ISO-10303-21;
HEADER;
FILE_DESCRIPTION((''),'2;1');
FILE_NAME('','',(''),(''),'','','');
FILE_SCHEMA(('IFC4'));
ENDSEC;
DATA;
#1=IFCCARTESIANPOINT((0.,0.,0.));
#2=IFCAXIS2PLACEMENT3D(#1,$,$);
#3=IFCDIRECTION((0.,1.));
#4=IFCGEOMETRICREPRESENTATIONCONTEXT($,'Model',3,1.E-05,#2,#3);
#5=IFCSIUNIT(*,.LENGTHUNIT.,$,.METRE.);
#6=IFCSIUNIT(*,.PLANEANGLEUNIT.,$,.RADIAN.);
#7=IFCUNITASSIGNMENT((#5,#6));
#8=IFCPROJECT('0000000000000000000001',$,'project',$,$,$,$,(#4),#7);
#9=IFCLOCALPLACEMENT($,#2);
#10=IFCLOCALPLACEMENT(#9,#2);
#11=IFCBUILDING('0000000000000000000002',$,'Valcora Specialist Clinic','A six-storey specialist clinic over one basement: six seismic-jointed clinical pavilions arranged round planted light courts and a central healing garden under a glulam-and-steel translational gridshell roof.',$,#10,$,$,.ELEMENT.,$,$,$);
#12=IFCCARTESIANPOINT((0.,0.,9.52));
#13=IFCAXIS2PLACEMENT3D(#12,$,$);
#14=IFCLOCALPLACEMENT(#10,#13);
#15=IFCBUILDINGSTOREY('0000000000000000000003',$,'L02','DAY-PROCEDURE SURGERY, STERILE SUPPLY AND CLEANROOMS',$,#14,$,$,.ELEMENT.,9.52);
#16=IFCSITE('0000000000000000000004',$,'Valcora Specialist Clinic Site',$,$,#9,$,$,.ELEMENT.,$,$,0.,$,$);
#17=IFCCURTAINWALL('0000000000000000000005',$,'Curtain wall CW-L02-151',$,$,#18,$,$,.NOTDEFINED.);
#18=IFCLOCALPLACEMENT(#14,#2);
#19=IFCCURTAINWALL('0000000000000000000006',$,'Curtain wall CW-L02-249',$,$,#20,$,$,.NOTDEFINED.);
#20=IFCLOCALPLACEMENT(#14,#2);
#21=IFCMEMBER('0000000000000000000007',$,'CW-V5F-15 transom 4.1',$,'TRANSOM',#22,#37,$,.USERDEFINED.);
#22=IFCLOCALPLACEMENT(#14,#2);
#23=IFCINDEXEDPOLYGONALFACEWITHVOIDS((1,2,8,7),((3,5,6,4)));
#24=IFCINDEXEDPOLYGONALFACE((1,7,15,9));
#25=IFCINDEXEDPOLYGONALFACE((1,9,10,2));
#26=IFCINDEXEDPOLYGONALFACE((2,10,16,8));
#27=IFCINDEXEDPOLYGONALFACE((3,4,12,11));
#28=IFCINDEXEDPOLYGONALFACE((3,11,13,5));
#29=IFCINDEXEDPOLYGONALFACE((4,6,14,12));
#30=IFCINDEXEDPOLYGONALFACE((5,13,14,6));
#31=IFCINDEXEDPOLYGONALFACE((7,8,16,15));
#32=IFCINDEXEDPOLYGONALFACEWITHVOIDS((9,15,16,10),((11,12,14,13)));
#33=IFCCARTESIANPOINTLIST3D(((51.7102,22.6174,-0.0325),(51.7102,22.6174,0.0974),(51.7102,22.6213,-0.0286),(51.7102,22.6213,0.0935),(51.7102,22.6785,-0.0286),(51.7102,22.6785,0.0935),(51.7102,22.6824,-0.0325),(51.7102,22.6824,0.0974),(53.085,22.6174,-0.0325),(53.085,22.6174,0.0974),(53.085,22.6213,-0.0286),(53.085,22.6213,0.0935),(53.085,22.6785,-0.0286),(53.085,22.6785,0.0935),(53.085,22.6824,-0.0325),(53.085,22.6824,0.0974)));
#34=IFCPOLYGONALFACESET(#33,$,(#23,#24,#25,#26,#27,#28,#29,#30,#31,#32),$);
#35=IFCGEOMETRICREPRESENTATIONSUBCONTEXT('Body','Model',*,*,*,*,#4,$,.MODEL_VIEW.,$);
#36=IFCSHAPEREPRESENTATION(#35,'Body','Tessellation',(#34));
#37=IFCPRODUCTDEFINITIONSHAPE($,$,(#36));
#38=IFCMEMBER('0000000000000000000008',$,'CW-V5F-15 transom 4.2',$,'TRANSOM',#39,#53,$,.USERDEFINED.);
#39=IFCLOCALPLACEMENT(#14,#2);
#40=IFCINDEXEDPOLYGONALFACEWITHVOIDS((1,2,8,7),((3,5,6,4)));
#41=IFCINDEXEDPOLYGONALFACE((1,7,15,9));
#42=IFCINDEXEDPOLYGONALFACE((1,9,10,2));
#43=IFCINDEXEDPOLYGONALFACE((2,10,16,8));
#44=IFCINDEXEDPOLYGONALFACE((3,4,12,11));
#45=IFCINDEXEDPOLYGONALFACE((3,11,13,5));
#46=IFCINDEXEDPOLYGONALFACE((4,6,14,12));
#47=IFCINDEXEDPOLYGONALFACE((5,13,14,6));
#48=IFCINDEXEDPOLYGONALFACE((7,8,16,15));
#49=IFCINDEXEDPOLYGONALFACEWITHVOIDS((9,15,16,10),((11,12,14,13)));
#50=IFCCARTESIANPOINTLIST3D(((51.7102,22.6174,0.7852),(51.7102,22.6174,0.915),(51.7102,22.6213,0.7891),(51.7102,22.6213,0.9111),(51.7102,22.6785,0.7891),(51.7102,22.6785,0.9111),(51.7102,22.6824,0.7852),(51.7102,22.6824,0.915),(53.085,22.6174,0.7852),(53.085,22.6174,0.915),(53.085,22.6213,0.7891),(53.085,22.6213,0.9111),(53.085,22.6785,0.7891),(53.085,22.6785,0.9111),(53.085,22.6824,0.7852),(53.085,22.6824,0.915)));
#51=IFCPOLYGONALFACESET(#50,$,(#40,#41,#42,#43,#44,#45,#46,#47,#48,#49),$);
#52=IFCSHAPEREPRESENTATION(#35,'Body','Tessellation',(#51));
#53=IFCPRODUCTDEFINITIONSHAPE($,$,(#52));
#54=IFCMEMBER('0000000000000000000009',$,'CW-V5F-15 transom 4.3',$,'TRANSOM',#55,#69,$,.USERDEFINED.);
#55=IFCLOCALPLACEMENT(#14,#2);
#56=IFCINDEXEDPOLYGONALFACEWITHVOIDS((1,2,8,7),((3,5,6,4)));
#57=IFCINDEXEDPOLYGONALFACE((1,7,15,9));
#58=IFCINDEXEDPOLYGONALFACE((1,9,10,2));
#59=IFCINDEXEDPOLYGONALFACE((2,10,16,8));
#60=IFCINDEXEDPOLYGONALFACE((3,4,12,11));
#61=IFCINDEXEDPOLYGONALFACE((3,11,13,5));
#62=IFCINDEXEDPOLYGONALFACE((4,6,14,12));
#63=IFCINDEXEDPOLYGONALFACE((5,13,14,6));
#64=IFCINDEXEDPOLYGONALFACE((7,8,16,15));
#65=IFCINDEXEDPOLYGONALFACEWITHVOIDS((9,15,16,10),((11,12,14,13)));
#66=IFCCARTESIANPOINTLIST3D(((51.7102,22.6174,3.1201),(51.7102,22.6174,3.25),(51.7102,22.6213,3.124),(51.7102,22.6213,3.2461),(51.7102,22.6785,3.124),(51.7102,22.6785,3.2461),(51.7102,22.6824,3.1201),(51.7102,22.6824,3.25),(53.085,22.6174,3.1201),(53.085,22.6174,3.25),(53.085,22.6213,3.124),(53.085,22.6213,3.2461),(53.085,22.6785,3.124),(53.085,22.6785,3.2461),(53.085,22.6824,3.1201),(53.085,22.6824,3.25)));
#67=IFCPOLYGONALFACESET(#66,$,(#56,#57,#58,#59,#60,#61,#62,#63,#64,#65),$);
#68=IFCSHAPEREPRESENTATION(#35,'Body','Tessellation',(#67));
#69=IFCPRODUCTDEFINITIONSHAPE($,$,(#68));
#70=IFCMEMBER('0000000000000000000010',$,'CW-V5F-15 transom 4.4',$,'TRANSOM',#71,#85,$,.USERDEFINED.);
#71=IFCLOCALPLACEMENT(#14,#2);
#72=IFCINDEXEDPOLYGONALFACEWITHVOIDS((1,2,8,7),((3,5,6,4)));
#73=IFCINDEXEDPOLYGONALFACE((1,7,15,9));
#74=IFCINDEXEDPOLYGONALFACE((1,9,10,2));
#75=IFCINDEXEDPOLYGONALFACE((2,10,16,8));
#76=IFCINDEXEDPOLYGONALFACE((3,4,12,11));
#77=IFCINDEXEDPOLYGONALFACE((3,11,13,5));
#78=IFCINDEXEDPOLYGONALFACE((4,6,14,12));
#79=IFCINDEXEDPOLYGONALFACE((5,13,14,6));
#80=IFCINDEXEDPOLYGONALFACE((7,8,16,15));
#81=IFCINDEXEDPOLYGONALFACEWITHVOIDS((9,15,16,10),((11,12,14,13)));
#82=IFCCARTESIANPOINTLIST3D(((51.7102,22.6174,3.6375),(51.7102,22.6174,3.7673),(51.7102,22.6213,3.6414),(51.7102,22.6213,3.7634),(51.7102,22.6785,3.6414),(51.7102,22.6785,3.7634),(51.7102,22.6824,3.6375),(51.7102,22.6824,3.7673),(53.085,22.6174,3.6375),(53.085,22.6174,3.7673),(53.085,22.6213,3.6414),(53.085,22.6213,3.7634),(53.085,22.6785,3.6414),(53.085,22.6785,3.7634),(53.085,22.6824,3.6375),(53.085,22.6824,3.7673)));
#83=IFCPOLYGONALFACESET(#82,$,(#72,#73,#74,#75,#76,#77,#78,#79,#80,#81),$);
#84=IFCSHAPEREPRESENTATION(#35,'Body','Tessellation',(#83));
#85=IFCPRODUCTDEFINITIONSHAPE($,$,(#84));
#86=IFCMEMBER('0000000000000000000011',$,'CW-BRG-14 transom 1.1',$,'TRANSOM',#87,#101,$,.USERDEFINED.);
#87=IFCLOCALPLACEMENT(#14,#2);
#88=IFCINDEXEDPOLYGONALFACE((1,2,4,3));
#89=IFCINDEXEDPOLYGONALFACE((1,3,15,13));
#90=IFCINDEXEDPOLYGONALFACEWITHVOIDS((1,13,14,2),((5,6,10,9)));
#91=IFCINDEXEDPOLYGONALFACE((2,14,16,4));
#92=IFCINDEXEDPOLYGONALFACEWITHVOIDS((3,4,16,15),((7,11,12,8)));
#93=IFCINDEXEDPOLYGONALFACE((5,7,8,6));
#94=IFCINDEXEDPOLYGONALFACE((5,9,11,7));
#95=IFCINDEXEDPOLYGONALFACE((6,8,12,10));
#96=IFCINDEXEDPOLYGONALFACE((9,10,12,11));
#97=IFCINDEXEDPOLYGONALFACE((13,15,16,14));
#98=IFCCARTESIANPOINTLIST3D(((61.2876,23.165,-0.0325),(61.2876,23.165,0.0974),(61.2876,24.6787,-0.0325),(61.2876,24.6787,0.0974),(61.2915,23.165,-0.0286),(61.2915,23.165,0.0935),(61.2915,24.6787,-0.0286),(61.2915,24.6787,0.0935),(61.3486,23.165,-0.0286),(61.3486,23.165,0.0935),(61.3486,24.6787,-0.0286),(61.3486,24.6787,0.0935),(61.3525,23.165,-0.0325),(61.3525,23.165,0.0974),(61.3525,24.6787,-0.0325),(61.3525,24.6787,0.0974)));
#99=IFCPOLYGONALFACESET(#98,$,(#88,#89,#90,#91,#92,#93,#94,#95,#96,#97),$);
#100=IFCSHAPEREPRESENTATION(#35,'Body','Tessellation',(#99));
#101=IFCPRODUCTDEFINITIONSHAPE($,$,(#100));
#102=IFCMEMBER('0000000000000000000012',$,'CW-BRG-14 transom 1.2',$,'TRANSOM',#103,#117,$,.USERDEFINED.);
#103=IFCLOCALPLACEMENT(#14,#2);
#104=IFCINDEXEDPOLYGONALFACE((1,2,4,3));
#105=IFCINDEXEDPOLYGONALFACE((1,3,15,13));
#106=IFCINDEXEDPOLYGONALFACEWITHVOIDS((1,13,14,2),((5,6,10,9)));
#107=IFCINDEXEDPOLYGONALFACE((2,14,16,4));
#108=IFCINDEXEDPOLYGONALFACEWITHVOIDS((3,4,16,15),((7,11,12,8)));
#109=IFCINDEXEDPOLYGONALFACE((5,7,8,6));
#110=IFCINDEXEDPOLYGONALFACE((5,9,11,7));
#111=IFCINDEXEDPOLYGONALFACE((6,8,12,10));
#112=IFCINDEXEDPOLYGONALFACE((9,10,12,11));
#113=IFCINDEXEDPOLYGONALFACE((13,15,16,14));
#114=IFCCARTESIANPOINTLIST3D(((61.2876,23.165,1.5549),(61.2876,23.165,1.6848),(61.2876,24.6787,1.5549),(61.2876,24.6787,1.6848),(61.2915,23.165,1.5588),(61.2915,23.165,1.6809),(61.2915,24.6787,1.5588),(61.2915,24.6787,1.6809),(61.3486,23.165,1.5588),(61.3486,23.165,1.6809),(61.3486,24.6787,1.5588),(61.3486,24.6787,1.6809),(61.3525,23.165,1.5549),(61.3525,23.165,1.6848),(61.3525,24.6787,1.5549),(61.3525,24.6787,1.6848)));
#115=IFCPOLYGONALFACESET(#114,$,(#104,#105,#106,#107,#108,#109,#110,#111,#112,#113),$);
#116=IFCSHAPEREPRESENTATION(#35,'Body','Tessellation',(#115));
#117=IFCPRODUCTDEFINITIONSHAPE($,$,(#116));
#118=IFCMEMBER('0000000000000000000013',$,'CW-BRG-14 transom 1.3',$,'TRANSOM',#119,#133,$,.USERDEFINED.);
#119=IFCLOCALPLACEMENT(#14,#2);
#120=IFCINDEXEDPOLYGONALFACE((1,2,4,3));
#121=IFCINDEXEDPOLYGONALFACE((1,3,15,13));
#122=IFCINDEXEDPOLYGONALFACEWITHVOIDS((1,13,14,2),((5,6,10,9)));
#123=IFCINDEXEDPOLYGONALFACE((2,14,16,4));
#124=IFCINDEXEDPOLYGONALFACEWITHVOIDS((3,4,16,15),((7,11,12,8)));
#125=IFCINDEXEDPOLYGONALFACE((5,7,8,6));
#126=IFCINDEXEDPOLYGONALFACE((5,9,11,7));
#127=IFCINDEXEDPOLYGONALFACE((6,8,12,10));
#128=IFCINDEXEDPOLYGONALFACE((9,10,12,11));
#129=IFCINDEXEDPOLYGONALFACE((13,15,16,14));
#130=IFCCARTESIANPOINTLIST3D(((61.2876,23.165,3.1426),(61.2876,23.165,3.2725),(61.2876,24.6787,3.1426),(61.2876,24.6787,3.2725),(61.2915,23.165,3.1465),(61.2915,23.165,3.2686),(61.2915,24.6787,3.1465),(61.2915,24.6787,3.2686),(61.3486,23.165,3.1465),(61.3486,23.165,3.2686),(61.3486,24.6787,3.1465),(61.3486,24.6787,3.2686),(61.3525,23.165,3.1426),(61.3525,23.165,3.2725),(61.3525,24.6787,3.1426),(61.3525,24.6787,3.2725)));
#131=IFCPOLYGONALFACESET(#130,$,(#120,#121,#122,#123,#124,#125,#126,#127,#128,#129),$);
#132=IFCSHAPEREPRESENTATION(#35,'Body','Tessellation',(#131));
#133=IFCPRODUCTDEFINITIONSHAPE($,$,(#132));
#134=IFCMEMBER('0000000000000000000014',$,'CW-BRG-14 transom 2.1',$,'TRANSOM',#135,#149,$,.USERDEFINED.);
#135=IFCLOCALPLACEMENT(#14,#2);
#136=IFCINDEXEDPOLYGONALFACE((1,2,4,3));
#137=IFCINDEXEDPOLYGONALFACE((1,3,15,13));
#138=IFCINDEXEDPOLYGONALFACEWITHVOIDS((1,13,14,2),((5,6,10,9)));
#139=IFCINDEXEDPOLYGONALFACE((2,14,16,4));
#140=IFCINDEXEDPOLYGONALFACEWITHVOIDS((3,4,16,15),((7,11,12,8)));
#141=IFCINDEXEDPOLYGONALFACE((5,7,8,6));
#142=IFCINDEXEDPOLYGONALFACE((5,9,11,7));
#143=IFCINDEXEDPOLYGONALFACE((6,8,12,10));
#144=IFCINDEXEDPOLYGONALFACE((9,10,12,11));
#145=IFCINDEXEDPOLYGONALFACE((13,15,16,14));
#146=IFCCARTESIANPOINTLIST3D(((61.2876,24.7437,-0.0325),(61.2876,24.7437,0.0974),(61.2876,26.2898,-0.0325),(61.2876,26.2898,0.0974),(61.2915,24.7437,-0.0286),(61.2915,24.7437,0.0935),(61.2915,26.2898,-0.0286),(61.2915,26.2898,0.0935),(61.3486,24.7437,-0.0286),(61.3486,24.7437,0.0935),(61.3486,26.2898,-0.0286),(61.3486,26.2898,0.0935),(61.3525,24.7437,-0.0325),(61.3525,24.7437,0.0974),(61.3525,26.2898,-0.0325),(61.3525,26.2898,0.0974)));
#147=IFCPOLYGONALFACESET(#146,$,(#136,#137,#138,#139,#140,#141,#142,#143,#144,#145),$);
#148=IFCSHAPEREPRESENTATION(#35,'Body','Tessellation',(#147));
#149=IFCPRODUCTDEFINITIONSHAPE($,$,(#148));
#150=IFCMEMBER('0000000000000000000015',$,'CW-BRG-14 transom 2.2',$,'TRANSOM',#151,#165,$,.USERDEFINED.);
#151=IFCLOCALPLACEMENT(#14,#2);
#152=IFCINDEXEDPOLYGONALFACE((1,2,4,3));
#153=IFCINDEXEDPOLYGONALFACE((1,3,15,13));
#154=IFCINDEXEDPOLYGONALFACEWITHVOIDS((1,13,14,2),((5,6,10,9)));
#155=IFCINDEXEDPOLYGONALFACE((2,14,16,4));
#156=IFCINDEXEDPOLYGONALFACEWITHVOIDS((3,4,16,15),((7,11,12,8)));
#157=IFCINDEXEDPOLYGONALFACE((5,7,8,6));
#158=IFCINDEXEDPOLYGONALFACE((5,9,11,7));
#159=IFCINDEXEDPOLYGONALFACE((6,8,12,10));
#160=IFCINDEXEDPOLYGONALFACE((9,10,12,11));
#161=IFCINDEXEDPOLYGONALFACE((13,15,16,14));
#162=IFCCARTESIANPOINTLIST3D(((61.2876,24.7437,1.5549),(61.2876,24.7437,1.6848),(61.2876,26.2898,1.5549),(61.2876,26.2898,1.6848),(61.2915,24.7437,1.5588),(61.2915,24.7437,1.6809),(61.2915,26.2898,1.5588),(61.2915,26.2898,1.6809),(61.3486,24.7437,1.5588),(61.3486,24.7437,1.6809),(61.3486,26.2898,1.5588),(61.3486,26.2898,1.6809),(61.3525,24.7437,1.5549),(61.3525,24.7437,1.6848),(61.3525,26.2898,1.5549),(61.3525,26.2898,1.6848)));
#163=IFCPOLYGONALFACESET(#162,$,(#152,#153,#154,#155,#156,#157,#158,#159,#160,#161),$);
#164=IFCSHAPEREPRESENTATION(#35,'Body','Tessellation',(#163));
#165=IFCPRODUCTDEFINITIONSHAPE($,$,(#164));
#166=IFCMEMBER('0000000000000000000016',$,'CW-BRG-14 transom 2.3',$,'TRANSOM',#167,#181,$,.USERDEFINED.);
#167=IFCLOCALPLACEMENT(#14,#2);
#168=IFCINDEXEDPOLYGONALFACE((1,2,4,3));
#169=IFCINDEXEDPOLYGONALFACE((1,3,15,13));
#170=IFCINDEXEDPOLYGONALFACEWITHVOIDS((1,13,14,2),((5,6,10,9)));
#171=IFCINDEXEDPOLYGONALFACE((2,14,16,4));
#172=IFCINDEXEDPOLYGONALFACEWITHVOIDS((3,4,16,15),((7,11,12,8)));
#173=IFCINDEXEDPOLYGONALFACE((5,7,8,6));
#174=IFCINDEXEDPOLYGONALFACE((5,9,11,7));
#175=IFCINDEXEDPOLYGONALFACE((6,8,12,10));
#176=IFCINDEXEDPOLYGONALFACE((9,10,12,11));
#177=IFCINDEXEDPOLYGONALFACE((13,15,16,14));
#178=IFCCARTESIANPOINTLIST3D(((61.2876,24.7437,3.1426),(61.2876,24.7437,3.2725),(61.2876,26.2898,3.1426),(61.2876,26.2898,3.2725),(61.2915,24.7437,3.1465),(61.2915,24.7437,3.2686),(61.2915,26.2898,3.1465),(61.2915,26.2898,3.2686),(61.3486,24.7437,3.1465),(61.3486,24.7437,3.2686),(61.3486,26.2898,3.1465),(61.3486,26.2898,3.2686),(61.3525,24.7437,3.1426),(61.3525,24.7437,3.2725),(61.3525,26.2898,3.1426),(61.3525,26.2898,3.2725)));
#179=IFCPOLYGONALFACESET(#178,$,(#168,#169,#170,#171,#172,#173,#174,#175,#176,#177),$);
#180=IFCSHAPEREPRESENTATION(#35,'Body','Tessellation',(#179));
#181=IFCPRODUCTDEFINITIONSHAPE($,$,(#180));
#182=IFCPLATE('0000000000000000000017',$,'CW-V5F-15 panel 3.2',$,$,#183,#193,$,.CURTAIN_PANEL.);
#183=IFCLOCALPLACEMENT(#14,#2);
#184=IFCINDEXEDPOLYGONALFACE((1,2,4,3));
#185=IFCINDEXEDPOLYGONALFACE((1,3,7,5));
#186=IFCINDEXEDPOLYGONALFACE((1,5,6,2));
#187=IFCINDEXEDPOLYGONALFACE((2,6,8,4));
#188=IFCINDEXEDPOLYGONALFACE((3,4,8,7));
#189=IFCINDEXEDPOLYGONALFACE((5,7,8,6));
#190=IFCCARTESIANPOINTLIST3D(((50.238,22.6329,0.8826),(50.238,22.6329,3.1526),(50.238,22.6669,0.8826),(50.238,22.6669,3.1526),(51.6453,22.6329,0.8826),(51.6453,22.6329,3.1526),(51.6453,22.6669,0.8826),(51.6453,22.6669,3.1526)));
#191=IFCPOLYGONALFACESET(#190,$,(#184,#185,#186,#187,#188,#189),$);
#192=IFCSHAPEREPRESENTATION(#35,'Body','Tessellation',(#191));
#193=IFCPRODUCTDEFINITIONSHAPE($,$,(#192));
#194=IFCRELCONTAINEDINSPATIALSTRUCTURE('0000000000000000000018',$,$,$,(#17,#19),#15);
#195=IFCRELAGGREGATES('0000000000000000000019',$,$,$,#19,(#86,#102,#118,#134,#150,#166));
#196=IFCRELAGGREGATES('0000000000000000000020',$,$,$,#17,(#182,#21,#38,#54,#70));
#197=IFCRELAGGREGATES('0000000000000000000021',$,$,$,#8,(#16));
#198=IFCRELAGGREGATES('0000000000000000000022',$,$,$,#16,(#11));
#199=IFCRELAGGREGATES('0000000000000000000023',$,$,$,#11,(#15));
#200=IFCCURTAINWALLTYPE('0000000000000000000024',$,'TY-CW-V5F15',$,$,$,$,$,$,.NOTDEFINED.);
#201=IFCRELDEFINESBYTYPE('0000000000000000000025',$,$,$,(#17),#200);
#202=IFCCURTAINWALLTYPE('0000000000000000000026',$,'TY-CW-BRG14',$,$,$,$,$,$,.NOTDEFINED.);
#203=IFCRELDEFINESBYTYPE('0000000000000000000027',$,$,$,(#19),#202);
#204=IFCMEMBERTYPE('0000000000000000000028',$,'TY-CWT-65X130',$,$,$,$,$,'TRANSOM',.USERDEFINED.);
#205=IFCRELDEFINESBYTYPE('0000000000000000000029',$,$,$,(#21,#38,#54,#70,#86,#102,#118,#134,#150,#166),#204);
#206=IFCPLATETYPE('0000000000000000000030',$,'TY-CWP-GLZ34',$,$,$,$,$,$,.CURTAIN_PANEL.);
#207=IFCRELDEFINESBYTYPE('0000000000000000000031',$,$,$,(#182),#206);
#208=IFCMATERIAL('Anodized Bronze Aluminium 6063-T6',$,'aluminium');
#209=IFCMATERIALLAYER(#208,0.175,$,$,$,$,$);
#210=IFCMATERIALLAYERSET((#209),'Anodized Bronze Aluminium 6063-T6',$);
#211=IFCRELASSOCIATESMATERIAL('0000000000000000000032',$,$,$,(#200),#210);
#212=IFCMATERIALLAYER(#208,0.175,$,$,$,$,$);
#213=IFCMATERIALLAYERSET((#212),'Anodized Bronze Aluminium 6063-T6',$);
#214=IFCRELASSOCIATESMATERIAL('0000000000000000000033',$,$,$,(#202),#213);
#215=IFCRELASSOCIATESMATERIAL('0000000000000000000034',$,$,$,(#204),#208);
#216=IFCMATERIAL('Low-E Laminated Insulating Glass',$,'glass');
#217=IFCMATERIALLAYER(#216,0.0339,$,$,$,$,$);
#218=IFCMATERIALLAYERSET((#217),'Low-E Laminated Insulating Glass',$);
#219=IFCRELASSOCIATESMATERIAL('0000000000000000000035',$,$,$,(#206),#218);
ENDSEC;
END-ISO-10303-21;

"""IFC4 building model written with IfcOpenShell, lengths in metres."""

from ifc_helpers import new_model, si_unit, direction, frame, origin, origin_2d, place, context, subcontext, project, spatial, rectangle, hollow_rectangle, extrude, material, layer, layer_set, material_profile, profile_set, type_object, element, aggregate, save


model = new_model("IFC4")

# Units and contexts
model_context = context("Model", 3, precision=1e-05, world=origin(), true_north=direction((0.0, 1.0)))
body_context = subcontext(model_context, "Body", "Model", "MODEL_VIEW")
ifc_project = project(units=[si_unit("LENGTHUNIT", "METRE"), si_unit("PLANEANGLEUNIT", "RADIAN")], contexts=[model_context])

# Site, building, storey
site_placement = place(None, origin())
site = spatial("IfcSite", under=ifc_project, at=site_placement, Name="Valcora Specialist Clinic Site", CompositionType="ELEMENT", RefElevation=0.0)
building_placement = place(site_placement, origin())
building = spatial("IfcBuilding", under=site, at=building_placement, Name="Valcora Specialist Clinic", Description="A six-storey specialist clinic over one basement: six seismic-jointed clinical pavilions arranged round planted light courts and a central healing garden under a glulam-and-steel translational gridshell roof.", CompositionType="ELEMENT")
storey_placement = place(building_placement, frame((0.0, 0.0, 9.52)))
storey = spatial("IfcBuildingStorey", under=building, at=storey_placement, Name="L02", Description="DAY-PROCEDURE SURGERY, STERILE SUPPLY AND CLEANROOMS", CompositionType="ELEMENT", Elevation=9.52)

# Curtain walls
ifc_material_1 = material(Name="Anodized Bronze Aluminium 6063-T6", Category="aluminium")
ifc_layer_1 = layer(ifc_material_1, 0.175)
ifc_layer_set_1 = layer_set([ifc_layer_1], Name="Anodized Bronze Aluminium 6063-T6")
curtain_wall_type_1 = type_object("IfcCurtainWallType", Name="TY-CW-V5F15", PredefinedType="NOTDEFINED", material=ifc_layer_set_1)
curtain_wall_1_placement = place(storey_placement, origin())
curtain_wall_1 = element("IfcCurtainWall", 1, at=curtain_wall_1_placement, inside=storey, type_object=curtain_wall_type_1, Name="Curtain wall CW-L02-151", PredefinedType="NOTDEFINED")
ifc_layer_2 = layer(ifc_material_1, 0.175)
ifc_layer_set_2 = layer_set([ifc_layer_2], Name="Anodized Bronze Aluminium 6063-T6")
curtain_wall_type_2 = type_object("IfcCurtainWallType", Name="TY-CW-BRG14", PredefinedType="NOTDEFINED", material=ifc_layer_set_2)
curtain_wall_2_placement = place(storey_placement, origin())
curtain_wall_2 = element("IfcCurtainWall", 2, at=curtain_wall_2_placement, inside=storey, type_object=curtain_wall_type_2, Name="Curtain wall CW-L02-249", PredefinedType="NOTDEFINED")

# Members
ifc_material_profile_1 = material_profile(ifc_material_1, hollow_rectangle(XDim=0.0649, YDim=0.1299, WallThickness=0.0039, at=origin_2d()), Name="AL-TRN-65X130")
ifc_profile_set_1 = profile_set([ifc_material_profile_1], Name="Anodized Bronze Aluminium 6063-T6")
member_type_1 = type_object("IfcMemberType", Name="TY-CWT-65X130", ElementType="TRANSOM", PredefinedType="USERDEFINED", material=ifc_profile_set_1)
member_1_placement = place(storey_placement, frame((51.7102, 22.6499, 0.0325), z_axis=(1.0, 0.0, 0.0), x_axis=(0.0, 1.0, 0.0)))
member_1 = element("IfcMember", 3, at=member_1_placement, type_object=member_type_1, Name="CW-V5F-15 transom 4.1", ObjectType="TRANSOM", PredefinedType="USERDEFINED", context=body_context, shape_type="SweptSolid", body=[
    extrude(hollow_rectangle(XDim=0.0649, YDim=0.1299, WallThickness=0.0039, at=origin_2d()), origin(), (0.0, 0.0, 1.0), 1.3748),
])
member_2_placement = place(storey_placement, frame((51.7102, 22.6499, 0.8501), z_axis=(1.0, 0.0, 0.0), x_axis=(0.0, 1.0, 0.0)))
member_2 = element("IfcMember", 4, at=member_2_placement, type_object=member_type_1, Name="CW-V5F-15 transom 4.2", ObjectType="TRANSOM", PredefinedType="USERDEFINED", context=body_context, shape_type="SweptSolid", body=[
    extrude(hollow_rectangle(XDim=0.0649, YDim=0.1299, WallThickness=0.0039, at=origin_2d()), origin(), (0.0, 0.0, 1.0), 1.3748),
])
member_3_placement = place(storey_placement, frame((51.7102, 22.6499, 3.1851), z_axis=(1.0, 0.0, 0.0), x_axis=(0.0, 1.0, 0.0)))
member_3 = element("IfcMember", 5, at=member_3_placement, type_object=member_type_1, Name="CW-V5F-15 transom 4.3", ObjectType="TRANSOM", PredefinedType="USERDEFINED", context=body_context, shape_type="SweptSolid", body=[
    extrude(hollow_rectangle(XDim=0.0649, YDim=0.1299, WallThickness=0.0039, at=origin_2d()), origin(), (0.0, 0.0, 1.0), 1.3748),
])
member_4_placement = place(storey_placement, frame((51.7102, 22.6499, 3.7024), z_axis=(1.0, 0.0, 0.0), x_axis=(0.0, 1.0, 0.0)))
member_4 = element("IfcMember", 6, at=member_4_placement, type_object=member_type_1, Name="CW-V5F-15 transom 4.4", ObjectType="TRANSOM", PredefinedType="USERDEFINED", context=body_context, shape_type="SweptSolid", body=[
    extrude(hollow_rectangle(XDim=0.0649, YDim=0.1299, WallThickness=0.0039, at=origin_2d()), origin(), (0.0, 0.0, 1.0), 1.3748),
])
member_5_placement = place(storey_placement, frame((61.3201, 23.165, 0.0325), z_axis=(0.0, 1.0, 0.0), x_axis=(-1.0, 0.0, 0.0)))
member_5 = element("IfcMember", 7, at=member_5_placement, type_object=member_type_1, Name="CW-BRG-14 transom 1.1", ObjectType="TRANSOM", PredefinedType="USERDEFINED", context=body_context, shape_type="SweptSolid", body=[
    extrude(hollow_rectangle(XDim=0.0649, YDim=0.1299, WallThickness=0.0039, at=origin_2d()), origin(), (0.0, 0.0, 1.0), 1.5137),
])
member_6_placement = place(storey_placement, frame((61.3201, 23.165, 1.6199), z_axis=(0.0, 1.0, 0.0), x_axis=(-1.0, 0.0, 0.0)))
member_6 = element("IfcMember", 8, at=member_6_placement, type_object=member_type_1, Name="CW-BRG-14 transom 1.2", ObjectType="TRANSOM", PredefinedType="USERDEFINED", context=body_context, shape_type="SweptSolid", body=[
    extrude(hollow_rectangle(XDim=0.0649, YDim=0.1299, WallThickness=0.0039, at=origin_2d()), origin(), (0.0, 0.0, 1.0), 1.5137),
])
member_7_placement = place(storey_placement, frame((61.3201, 23.165, 3.2075), z_axis=(0.0, 1.0, 0.0), x_axis=(-1.0, 0.0, 0.0)))
member_7 = element("IfcMember", 9, at=member_7_placement, type_object=member_type_1, Name="CW-BRG-14 transom 1.3", ObjectType="TRANSOM", PredefinedType="USERDEFINED", context=body_context, shape_type="SweptSolid", body=[
    extrude(hollow_rectangle(XDim=0.0649, YDim=0.1299, WallThickness=0.0039, at=origin_2d()), origin(), (0.0, 0.0, 1.0), 1.5137),
])
member_8_placement = place(storey_placement, frame((61.3201, 24.7437, 0.0325), z_axis=(0.0, 1.0, 0.0), x_axis=(-1.0, 0.0, 0.0)))
member_8 = element("IfcMember", 10, at=member_8_placement, type_object=member_type_1, Name="CW-BRG-14 transom 2.1", ObjectType="TRANSOM", PredefinedType="USERDEFINED", context=body_context, shape_type="SweptSolid", body=[
    extrude(hollow_rectangle(XDim=0.0649, YDim=0.1299, WallThickness=0.0039, at=origin_2d()), origin(), (0.0, 0.0, 1.0), 1.5461),
])
member_9_placement = place(storey_placement, frame((61.3201, 24.7437, 1.6199), z_axis=(0.0, 1.0, 0.0), x_axis=(-1.0, 0.0, 0.0)))
member_9 = element("IfcMember", 11, at=member_9_placement, type_object=member_type_1, Name="CW-BRG-14 transom 2.2", ObjectType="TRANSOM", PredefinedType="USERDEFINED", context=body_context, shape_type="SweptSolid", body=[
    extrude(hollow_rectangle(XDim=0.0649, YDim=0.1299, WallThickness=0.0039, at=origin_2d()), origin(), (0.0, 0.0, 1.0), 1.5461),
])
member_10_placement = place(storey_placement, frame((61.3201, 24.7437, 3.2075), z_axis=(0.0, 1.0, 0.0), x_axis=(-1.0, 0.0, 0.0)))
member_10 = element("IfcMember", 12, at=member_10_placement, type_object=member_type_1, Name="CW-BRG-14 transom 2.3", ObjectType="TRANSOM", PredefinedType="USERDEFINED", context=body_context, shape_type="SweptSolid", body=[
    extrude(hollow_rectangle(XDim=0.0649, YDim=0.1299, WallThickness=0.0039, at=origin_2d()), origin(), (0.0, 0.0, 1.0), 1.5461),
])

# Plate
ifc_material_2 = material(Name="Low-E Laminated Insulating Glass", Category="glass")
ifc_layer_3 = layer(ifc_material_2, 0.0339)
ifc_layer_set_3 = layer_set([ifc_layer_3], Name="Low-E Laminated Insulating Glass")
plate_type_1 = type_object("IfcPlateType", Name="TY-CWP-GLZ34", PredefinedType="CURTAIN_PANEL", material=ifc_layer_set_3)
plate_1_placement = place(storey_placement, frame((50.9417, 22.6499, 0.8826), z_axis=(0.0, 0.0, 1.0), x_axis=(1.0, 0.0, 0.0)))
plate_1 = element("IfcPlate", 13, at=plate_1_placement, type_object=plate_type_1, Name="CW-V5F-15 panel 3.2", PredefinedType="CURTAIN_PANEL", context=body_context, shape_type="SweptSolid", body=[
    extrude(rectangle(XDim=1.4072, YDim=0.0339, at=origin_2d()), origin(), (0.0, 0.0, 1.0), 2.27),
])
aggregate(curtain_wall_2, [member_5, member_6, member_7, member_8, member_9, member_10])
aggregate(curtain_wall_1, [plate_1, member_1, member_2, member_3, member_4])

save(model, "model.ifc")
